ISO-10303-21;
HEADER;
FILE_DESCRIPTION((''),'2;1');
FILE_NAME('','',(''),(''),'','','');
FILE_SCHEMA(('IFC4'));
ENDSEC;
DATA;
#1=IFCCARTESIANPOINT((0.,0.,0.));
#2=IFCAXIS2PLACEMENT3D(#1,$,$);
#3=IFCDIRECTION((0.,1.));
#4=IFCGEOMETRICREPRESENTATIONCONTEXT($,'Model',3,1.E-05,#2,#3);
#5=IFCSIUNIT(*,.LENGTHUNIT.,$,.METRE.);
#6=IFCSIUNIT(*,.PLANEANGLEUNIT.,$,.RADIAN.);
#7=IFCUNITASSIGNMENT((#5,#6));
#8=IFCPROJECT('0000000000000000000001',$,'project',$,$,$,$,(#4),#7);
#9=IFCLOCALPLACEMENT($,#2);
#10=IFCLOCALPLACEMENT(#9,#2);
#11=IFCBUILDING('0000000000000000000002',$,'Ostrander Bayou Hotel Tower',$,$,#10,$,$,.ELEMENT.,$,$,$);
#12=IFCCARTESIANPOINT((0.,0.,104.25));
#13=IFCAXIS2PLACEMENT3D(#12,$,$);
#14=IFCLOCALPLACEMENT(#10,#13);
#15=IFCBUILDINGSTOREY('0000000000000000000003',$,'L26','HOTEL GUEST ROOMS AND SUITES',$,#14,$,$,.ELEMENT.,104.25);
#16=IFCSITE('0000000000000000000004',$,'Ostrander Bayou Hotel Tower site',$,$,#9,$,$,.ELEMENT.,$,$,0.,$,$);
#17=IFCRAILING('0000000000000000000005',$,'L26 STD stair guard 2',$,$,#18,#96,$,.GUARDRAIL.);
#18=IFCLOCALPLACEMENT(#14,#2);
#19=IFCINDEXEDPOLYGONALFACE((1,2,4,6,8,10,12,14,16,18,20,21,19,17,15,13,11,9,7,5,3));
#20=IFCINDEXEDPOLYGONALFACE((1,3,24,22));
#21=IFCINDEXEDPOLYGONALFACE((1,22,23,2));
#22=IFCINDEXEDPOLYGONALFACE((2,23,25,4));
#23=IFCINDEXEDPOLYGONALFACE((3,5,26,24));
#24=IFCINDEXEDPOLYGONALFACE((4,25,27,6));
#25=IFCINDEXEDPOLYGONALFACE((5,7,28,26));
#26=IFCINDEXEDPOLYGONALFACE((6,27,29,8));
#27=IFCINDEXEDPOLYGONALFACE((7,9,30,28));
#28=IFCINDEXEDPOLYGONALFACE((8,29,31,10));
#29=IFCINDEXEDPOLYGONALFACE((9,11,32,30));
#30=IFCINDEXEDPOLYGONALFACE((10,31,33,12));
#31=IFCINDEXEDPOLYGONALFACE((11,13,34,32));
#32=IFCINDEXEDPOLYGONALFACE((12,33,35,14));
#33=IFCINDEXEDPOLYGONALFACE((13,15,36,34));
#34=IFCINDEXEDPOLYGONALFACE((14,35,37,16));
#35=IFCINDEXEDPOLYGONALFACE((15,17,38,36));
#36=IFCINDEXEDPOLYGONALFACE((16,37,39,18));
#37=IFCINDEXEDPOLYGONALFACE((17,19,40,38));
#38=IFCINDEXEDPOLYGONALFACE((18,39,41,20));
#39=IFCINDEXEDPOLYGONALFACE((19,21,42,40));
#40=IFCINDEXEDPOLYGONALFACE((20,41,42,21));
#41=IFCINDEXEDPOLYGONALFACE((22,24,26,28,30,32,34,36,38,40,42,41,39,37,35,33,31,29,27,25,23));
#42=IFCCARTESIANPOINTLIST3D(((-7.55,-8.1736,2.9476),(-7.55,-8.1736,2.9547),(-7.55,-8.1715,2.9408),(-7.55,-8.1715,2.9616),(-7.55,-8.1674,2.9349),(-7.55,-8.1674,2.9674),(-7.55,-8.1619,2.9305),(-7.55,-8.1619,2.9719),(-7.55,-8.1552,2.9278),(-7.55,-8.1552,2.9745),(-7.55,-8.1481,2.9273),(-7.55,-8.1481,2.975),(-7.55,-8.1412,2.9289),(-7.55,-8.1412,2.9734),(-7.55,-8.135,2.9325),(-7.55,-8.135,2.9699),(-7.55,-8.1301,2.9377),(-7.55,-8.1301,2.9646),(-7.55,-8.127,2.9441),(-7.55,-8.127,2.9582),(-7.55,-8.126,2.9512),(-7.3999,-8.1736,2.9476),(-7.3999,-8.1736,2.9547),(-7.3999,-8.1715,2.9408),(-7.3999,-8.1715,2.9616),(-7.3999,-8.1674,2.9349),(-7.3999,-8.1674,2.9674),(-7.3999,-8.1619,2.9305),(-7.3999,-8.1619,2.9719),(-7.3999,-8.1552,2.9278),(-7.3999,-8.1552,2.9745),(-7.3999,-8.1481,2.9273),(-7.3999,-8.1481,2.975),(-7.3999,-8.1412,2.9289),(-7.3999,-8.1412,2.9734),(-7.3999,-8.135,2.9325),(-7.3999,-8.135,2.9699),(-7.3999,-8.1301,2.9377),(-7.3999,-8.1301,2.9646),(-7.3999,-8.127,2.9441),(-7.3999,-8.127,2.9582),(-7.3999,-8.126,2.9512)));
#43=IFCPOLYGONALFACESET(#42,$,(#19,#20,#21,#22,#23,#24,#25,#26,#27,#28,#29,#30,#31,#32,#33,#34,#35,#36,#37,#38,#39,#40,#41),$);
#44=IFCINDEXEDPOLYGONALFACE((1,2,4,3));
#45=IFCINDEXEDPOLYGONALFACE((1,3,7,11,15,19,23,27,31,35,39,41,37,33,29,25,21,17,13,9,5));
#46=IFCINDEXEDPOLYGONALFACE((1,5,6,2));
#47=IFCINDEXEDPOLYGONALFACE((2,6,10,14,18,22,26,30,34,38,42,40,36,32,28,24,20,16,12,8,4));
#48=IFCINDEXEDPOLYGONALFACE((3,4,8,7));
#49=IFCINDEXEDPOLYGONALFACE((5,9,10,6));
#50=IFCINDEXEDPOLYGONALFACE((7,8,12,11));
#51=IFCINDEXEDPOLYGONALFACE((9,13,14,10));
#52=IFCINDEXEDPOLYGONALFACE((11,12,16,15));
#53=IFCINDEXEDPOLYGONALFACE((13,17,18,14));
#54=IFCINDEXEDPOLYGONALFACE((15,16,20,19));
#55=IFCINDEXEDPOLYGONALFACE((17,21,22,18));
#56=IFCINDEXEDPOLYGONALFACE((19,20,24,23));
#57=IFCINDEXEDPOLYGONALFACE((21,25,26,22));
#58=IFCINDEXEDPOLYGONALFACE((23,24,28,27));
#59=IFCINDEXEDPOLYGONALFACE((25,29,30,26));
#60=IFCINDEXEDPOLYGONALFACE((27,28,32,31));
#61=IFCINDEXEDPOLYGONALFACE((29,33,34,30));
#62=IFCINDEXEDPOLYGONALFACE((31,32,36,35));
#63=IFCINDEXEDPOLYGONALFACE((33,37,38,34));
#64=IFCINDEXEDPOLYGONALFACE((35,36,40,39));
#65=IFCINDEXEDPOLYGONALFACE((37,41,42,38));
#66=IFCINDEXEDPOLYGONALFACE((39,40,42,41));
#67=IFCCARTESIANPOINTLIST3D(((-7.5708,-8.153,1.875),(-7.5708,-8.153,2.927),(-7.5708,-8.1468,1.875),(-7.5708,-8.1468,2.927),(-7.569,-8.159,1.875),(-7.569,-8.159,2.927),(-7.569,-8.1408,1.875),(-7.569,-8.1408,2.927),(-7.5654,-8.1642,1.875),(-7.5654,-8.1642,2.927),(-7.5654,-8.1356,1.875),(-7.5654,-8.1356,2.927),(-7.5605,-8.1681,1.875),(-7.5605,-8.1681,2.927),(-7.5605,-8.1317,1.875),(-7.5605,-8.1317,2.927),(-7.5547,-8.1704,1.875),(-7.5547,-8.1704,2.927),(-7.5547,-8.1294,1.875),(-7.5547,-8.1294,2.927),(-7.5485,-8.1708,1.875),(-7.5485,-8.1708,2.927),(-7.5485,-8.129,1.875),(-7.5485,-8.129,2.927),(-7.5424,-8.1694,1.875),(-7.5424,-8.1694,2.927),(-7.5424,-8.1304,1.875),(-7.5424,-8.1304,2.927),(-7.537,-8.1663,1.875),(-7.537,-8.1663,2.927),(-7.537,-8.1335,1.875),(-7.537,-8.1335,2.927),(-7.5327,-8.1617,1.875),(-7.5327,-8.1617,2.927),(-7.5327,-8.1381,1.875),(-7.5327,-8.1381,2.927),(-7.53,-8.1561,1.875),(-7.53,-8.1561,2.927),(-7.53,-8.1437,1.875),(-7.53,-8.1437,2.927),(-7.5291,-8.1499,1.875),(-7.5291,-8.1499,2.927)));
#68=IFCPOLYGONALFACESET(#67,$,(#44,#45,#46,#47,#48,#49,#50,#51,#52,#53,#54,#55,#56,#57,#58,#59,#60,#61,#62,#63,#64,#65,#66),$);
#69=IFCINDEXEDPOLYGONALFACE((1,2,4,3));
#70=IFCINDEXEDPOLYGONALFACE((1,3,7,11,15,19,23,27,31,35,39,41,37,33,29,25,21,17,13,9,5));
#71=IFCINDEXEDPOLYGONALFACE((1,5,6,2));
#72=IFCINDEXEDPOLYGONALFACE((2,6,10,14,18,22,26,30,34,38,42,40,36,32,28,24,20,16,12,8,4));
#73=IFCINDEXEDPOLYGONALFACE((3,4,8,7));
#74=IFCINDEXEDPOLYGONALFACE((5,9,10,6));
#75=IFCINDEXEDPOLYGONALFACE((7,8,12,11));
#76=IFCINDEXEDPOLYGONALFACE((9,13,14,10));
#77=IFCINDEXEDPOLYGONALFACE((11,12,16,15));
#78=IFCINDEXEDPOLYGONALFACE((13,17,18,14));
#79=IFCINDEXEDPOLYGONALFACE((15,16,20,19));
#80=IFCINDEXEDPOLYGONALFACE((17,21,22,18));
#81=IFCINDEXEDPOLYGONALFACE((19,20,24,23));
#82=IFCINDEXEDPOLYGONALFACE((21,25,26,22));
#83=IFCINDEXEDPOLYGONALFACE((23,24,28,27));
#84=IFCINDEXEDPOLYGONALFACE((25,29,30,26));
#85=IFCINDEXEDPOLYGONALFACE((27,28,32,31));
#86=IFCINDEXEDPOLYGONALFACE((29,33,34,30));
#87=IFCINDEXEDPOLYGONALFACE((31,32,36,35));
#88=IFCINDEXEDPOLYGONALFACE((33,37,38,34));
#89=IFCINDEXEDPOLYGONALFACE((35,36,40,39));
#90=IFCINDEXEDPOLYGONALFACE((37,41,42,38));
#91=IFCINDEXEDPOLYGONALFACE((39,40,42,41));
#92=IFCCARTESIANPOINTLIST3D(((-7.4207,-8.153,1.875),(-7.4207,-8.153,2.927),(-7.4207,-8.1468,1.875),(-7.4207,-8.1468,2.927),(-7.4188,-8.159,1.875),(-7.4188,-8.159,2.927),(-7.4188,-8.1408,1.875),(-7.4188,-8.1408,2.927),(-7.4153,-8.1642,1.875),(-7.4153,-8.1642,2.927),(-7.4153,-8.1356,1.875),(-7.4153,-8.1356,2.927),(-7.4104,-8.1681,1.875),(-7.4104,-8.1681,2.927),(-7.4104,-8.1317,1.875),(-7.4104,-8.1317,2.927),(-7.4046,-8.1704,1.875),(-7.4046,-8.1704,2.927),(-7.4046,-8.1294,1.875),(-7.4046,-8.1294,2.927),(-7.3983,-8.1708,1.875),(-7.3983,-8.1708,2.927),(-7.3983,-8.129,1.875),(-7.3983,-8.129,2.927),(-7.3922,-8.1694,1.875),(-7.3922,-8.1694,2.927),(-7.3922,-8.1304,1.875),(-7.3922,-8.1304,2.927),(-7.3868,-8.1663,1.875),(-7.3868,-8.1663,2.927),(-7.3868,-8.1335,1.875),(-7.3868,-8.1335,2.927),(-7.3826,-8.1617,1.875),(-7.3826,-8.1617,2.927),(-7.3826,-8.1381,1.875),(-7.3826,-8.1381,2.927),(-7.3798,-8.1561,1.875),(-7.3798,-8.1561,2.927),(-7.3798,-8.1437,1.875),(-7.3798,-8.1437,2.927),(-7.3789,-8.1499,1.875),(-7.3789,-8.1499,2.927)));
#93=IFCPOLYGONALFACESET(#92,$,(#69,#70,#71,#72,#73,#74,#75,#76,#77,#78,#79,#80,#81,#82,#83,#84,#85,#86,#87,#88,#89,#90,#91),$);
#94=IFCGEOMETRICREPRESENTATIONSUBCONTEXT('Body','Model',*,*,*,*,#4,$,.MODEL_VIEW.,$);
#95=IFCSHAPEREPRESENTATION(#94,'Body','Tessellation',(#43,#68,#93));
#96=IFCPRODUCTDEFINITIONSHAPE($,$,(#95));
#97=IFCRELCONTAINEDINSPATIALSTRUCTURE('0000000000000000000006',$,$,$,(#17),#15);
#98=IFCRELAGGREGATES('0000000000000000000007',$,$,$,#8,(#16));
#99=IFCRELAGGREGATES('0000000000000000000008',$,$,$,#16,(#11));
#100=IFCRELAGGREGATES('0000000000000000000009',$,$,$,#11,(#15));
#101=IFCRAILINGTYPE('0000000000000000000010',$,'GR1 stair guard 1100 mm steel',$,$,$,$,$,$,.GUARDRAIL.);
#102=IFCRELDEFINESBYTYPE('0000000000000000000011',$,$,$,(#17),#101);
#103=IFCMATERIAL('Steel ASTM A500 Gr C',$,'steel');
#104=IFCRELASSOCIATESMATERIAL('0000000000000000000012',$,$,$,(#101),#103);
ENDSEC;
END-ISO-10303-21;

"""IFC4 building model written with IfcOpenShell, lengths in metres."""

from ifc_helpers import new_model, si_unit, direction, frame, origin, origin_2d, place, context, subcontext, project, spatial, circle, extrude, material, type_object, element, save


model = new_model("IFC4")

# Units and contexts
model_context = context("Model", 3, precision=1e-05, world=origin(), true_north=direction((0.0, 1.0)))
body_context = subcontext(model_context, "Body", "Model", "MODEL_VIEW")
ifc_project = project(units=[si_unit("LENGTHUNIT", "METRE"), si_unit("PLANEANGLEUNIT", "RADIAN")], contexts=[model_context])

# Site, building, storey
site_placement = place(None, origin())
site = spatial("IfcSite", under=ifc_project, at=site_placement, Name="Ostrander Bayou Hotel Tower site", CompositionType="ELEMENT", RefElevation=0.0)
building_placement = place(site_placement, origin())
building = spatial("IfcBuilding", under=site, at=building_placement, Name="Ostrander Bayou Hotel Tower", CompositionType="ELEMENT")
storey_placement = place(building_placement, frame((0.0, 0.0, 104.25)))
storey = spatial("IfcBuildingStorey", under=building, at=storey_placement, Name="L26", Description="HOTEL GUEST ROOMS AND SUITES", CompositionType="ELEMENT", Elevation=104.25)

# Railing
ifc_material_1 = material(Name="Steel ASTM A500 Gr C", Category="steel")
railing_type = type_object("IfcRailingType", Name="GR1 stair guard 1100 mm steel", PredefinedType="GUARDRAIL", material=ifc_material_1)
railing_placement = place(storey_placement, frame((-7.55, -8.1499, 1.875)))
element("IfcRailing", 1, at=railing_placement, inside=storey, type_object=railing_type, Name="L26 STD stair guard 2", PredefinedType="GUARDRAIL", context=body_context, shape_type="SweptSolid", body=[
    extrude(circle(Radius=0.0239, at=origin_2d()), frame((0.0, 0.0, 1.0762), z_axis=(1.0, 0.0, 0.0), x_axis=(0.0, 1.0, 0.0)), (0.0, 0.0, 1.0), 0.1501),
    extrude(circle(Radius=0.021, at=origin_2d()), origin(), (0.0, 0.0, 1.0), 1.052),
    extrude(circle(Radius=0.021, at=origin_2d()), frame((0.1501, 0.0, 0.0)), (0.0, 0.0, 1.0), 1.052),
])

save(model, "model.ifc")
